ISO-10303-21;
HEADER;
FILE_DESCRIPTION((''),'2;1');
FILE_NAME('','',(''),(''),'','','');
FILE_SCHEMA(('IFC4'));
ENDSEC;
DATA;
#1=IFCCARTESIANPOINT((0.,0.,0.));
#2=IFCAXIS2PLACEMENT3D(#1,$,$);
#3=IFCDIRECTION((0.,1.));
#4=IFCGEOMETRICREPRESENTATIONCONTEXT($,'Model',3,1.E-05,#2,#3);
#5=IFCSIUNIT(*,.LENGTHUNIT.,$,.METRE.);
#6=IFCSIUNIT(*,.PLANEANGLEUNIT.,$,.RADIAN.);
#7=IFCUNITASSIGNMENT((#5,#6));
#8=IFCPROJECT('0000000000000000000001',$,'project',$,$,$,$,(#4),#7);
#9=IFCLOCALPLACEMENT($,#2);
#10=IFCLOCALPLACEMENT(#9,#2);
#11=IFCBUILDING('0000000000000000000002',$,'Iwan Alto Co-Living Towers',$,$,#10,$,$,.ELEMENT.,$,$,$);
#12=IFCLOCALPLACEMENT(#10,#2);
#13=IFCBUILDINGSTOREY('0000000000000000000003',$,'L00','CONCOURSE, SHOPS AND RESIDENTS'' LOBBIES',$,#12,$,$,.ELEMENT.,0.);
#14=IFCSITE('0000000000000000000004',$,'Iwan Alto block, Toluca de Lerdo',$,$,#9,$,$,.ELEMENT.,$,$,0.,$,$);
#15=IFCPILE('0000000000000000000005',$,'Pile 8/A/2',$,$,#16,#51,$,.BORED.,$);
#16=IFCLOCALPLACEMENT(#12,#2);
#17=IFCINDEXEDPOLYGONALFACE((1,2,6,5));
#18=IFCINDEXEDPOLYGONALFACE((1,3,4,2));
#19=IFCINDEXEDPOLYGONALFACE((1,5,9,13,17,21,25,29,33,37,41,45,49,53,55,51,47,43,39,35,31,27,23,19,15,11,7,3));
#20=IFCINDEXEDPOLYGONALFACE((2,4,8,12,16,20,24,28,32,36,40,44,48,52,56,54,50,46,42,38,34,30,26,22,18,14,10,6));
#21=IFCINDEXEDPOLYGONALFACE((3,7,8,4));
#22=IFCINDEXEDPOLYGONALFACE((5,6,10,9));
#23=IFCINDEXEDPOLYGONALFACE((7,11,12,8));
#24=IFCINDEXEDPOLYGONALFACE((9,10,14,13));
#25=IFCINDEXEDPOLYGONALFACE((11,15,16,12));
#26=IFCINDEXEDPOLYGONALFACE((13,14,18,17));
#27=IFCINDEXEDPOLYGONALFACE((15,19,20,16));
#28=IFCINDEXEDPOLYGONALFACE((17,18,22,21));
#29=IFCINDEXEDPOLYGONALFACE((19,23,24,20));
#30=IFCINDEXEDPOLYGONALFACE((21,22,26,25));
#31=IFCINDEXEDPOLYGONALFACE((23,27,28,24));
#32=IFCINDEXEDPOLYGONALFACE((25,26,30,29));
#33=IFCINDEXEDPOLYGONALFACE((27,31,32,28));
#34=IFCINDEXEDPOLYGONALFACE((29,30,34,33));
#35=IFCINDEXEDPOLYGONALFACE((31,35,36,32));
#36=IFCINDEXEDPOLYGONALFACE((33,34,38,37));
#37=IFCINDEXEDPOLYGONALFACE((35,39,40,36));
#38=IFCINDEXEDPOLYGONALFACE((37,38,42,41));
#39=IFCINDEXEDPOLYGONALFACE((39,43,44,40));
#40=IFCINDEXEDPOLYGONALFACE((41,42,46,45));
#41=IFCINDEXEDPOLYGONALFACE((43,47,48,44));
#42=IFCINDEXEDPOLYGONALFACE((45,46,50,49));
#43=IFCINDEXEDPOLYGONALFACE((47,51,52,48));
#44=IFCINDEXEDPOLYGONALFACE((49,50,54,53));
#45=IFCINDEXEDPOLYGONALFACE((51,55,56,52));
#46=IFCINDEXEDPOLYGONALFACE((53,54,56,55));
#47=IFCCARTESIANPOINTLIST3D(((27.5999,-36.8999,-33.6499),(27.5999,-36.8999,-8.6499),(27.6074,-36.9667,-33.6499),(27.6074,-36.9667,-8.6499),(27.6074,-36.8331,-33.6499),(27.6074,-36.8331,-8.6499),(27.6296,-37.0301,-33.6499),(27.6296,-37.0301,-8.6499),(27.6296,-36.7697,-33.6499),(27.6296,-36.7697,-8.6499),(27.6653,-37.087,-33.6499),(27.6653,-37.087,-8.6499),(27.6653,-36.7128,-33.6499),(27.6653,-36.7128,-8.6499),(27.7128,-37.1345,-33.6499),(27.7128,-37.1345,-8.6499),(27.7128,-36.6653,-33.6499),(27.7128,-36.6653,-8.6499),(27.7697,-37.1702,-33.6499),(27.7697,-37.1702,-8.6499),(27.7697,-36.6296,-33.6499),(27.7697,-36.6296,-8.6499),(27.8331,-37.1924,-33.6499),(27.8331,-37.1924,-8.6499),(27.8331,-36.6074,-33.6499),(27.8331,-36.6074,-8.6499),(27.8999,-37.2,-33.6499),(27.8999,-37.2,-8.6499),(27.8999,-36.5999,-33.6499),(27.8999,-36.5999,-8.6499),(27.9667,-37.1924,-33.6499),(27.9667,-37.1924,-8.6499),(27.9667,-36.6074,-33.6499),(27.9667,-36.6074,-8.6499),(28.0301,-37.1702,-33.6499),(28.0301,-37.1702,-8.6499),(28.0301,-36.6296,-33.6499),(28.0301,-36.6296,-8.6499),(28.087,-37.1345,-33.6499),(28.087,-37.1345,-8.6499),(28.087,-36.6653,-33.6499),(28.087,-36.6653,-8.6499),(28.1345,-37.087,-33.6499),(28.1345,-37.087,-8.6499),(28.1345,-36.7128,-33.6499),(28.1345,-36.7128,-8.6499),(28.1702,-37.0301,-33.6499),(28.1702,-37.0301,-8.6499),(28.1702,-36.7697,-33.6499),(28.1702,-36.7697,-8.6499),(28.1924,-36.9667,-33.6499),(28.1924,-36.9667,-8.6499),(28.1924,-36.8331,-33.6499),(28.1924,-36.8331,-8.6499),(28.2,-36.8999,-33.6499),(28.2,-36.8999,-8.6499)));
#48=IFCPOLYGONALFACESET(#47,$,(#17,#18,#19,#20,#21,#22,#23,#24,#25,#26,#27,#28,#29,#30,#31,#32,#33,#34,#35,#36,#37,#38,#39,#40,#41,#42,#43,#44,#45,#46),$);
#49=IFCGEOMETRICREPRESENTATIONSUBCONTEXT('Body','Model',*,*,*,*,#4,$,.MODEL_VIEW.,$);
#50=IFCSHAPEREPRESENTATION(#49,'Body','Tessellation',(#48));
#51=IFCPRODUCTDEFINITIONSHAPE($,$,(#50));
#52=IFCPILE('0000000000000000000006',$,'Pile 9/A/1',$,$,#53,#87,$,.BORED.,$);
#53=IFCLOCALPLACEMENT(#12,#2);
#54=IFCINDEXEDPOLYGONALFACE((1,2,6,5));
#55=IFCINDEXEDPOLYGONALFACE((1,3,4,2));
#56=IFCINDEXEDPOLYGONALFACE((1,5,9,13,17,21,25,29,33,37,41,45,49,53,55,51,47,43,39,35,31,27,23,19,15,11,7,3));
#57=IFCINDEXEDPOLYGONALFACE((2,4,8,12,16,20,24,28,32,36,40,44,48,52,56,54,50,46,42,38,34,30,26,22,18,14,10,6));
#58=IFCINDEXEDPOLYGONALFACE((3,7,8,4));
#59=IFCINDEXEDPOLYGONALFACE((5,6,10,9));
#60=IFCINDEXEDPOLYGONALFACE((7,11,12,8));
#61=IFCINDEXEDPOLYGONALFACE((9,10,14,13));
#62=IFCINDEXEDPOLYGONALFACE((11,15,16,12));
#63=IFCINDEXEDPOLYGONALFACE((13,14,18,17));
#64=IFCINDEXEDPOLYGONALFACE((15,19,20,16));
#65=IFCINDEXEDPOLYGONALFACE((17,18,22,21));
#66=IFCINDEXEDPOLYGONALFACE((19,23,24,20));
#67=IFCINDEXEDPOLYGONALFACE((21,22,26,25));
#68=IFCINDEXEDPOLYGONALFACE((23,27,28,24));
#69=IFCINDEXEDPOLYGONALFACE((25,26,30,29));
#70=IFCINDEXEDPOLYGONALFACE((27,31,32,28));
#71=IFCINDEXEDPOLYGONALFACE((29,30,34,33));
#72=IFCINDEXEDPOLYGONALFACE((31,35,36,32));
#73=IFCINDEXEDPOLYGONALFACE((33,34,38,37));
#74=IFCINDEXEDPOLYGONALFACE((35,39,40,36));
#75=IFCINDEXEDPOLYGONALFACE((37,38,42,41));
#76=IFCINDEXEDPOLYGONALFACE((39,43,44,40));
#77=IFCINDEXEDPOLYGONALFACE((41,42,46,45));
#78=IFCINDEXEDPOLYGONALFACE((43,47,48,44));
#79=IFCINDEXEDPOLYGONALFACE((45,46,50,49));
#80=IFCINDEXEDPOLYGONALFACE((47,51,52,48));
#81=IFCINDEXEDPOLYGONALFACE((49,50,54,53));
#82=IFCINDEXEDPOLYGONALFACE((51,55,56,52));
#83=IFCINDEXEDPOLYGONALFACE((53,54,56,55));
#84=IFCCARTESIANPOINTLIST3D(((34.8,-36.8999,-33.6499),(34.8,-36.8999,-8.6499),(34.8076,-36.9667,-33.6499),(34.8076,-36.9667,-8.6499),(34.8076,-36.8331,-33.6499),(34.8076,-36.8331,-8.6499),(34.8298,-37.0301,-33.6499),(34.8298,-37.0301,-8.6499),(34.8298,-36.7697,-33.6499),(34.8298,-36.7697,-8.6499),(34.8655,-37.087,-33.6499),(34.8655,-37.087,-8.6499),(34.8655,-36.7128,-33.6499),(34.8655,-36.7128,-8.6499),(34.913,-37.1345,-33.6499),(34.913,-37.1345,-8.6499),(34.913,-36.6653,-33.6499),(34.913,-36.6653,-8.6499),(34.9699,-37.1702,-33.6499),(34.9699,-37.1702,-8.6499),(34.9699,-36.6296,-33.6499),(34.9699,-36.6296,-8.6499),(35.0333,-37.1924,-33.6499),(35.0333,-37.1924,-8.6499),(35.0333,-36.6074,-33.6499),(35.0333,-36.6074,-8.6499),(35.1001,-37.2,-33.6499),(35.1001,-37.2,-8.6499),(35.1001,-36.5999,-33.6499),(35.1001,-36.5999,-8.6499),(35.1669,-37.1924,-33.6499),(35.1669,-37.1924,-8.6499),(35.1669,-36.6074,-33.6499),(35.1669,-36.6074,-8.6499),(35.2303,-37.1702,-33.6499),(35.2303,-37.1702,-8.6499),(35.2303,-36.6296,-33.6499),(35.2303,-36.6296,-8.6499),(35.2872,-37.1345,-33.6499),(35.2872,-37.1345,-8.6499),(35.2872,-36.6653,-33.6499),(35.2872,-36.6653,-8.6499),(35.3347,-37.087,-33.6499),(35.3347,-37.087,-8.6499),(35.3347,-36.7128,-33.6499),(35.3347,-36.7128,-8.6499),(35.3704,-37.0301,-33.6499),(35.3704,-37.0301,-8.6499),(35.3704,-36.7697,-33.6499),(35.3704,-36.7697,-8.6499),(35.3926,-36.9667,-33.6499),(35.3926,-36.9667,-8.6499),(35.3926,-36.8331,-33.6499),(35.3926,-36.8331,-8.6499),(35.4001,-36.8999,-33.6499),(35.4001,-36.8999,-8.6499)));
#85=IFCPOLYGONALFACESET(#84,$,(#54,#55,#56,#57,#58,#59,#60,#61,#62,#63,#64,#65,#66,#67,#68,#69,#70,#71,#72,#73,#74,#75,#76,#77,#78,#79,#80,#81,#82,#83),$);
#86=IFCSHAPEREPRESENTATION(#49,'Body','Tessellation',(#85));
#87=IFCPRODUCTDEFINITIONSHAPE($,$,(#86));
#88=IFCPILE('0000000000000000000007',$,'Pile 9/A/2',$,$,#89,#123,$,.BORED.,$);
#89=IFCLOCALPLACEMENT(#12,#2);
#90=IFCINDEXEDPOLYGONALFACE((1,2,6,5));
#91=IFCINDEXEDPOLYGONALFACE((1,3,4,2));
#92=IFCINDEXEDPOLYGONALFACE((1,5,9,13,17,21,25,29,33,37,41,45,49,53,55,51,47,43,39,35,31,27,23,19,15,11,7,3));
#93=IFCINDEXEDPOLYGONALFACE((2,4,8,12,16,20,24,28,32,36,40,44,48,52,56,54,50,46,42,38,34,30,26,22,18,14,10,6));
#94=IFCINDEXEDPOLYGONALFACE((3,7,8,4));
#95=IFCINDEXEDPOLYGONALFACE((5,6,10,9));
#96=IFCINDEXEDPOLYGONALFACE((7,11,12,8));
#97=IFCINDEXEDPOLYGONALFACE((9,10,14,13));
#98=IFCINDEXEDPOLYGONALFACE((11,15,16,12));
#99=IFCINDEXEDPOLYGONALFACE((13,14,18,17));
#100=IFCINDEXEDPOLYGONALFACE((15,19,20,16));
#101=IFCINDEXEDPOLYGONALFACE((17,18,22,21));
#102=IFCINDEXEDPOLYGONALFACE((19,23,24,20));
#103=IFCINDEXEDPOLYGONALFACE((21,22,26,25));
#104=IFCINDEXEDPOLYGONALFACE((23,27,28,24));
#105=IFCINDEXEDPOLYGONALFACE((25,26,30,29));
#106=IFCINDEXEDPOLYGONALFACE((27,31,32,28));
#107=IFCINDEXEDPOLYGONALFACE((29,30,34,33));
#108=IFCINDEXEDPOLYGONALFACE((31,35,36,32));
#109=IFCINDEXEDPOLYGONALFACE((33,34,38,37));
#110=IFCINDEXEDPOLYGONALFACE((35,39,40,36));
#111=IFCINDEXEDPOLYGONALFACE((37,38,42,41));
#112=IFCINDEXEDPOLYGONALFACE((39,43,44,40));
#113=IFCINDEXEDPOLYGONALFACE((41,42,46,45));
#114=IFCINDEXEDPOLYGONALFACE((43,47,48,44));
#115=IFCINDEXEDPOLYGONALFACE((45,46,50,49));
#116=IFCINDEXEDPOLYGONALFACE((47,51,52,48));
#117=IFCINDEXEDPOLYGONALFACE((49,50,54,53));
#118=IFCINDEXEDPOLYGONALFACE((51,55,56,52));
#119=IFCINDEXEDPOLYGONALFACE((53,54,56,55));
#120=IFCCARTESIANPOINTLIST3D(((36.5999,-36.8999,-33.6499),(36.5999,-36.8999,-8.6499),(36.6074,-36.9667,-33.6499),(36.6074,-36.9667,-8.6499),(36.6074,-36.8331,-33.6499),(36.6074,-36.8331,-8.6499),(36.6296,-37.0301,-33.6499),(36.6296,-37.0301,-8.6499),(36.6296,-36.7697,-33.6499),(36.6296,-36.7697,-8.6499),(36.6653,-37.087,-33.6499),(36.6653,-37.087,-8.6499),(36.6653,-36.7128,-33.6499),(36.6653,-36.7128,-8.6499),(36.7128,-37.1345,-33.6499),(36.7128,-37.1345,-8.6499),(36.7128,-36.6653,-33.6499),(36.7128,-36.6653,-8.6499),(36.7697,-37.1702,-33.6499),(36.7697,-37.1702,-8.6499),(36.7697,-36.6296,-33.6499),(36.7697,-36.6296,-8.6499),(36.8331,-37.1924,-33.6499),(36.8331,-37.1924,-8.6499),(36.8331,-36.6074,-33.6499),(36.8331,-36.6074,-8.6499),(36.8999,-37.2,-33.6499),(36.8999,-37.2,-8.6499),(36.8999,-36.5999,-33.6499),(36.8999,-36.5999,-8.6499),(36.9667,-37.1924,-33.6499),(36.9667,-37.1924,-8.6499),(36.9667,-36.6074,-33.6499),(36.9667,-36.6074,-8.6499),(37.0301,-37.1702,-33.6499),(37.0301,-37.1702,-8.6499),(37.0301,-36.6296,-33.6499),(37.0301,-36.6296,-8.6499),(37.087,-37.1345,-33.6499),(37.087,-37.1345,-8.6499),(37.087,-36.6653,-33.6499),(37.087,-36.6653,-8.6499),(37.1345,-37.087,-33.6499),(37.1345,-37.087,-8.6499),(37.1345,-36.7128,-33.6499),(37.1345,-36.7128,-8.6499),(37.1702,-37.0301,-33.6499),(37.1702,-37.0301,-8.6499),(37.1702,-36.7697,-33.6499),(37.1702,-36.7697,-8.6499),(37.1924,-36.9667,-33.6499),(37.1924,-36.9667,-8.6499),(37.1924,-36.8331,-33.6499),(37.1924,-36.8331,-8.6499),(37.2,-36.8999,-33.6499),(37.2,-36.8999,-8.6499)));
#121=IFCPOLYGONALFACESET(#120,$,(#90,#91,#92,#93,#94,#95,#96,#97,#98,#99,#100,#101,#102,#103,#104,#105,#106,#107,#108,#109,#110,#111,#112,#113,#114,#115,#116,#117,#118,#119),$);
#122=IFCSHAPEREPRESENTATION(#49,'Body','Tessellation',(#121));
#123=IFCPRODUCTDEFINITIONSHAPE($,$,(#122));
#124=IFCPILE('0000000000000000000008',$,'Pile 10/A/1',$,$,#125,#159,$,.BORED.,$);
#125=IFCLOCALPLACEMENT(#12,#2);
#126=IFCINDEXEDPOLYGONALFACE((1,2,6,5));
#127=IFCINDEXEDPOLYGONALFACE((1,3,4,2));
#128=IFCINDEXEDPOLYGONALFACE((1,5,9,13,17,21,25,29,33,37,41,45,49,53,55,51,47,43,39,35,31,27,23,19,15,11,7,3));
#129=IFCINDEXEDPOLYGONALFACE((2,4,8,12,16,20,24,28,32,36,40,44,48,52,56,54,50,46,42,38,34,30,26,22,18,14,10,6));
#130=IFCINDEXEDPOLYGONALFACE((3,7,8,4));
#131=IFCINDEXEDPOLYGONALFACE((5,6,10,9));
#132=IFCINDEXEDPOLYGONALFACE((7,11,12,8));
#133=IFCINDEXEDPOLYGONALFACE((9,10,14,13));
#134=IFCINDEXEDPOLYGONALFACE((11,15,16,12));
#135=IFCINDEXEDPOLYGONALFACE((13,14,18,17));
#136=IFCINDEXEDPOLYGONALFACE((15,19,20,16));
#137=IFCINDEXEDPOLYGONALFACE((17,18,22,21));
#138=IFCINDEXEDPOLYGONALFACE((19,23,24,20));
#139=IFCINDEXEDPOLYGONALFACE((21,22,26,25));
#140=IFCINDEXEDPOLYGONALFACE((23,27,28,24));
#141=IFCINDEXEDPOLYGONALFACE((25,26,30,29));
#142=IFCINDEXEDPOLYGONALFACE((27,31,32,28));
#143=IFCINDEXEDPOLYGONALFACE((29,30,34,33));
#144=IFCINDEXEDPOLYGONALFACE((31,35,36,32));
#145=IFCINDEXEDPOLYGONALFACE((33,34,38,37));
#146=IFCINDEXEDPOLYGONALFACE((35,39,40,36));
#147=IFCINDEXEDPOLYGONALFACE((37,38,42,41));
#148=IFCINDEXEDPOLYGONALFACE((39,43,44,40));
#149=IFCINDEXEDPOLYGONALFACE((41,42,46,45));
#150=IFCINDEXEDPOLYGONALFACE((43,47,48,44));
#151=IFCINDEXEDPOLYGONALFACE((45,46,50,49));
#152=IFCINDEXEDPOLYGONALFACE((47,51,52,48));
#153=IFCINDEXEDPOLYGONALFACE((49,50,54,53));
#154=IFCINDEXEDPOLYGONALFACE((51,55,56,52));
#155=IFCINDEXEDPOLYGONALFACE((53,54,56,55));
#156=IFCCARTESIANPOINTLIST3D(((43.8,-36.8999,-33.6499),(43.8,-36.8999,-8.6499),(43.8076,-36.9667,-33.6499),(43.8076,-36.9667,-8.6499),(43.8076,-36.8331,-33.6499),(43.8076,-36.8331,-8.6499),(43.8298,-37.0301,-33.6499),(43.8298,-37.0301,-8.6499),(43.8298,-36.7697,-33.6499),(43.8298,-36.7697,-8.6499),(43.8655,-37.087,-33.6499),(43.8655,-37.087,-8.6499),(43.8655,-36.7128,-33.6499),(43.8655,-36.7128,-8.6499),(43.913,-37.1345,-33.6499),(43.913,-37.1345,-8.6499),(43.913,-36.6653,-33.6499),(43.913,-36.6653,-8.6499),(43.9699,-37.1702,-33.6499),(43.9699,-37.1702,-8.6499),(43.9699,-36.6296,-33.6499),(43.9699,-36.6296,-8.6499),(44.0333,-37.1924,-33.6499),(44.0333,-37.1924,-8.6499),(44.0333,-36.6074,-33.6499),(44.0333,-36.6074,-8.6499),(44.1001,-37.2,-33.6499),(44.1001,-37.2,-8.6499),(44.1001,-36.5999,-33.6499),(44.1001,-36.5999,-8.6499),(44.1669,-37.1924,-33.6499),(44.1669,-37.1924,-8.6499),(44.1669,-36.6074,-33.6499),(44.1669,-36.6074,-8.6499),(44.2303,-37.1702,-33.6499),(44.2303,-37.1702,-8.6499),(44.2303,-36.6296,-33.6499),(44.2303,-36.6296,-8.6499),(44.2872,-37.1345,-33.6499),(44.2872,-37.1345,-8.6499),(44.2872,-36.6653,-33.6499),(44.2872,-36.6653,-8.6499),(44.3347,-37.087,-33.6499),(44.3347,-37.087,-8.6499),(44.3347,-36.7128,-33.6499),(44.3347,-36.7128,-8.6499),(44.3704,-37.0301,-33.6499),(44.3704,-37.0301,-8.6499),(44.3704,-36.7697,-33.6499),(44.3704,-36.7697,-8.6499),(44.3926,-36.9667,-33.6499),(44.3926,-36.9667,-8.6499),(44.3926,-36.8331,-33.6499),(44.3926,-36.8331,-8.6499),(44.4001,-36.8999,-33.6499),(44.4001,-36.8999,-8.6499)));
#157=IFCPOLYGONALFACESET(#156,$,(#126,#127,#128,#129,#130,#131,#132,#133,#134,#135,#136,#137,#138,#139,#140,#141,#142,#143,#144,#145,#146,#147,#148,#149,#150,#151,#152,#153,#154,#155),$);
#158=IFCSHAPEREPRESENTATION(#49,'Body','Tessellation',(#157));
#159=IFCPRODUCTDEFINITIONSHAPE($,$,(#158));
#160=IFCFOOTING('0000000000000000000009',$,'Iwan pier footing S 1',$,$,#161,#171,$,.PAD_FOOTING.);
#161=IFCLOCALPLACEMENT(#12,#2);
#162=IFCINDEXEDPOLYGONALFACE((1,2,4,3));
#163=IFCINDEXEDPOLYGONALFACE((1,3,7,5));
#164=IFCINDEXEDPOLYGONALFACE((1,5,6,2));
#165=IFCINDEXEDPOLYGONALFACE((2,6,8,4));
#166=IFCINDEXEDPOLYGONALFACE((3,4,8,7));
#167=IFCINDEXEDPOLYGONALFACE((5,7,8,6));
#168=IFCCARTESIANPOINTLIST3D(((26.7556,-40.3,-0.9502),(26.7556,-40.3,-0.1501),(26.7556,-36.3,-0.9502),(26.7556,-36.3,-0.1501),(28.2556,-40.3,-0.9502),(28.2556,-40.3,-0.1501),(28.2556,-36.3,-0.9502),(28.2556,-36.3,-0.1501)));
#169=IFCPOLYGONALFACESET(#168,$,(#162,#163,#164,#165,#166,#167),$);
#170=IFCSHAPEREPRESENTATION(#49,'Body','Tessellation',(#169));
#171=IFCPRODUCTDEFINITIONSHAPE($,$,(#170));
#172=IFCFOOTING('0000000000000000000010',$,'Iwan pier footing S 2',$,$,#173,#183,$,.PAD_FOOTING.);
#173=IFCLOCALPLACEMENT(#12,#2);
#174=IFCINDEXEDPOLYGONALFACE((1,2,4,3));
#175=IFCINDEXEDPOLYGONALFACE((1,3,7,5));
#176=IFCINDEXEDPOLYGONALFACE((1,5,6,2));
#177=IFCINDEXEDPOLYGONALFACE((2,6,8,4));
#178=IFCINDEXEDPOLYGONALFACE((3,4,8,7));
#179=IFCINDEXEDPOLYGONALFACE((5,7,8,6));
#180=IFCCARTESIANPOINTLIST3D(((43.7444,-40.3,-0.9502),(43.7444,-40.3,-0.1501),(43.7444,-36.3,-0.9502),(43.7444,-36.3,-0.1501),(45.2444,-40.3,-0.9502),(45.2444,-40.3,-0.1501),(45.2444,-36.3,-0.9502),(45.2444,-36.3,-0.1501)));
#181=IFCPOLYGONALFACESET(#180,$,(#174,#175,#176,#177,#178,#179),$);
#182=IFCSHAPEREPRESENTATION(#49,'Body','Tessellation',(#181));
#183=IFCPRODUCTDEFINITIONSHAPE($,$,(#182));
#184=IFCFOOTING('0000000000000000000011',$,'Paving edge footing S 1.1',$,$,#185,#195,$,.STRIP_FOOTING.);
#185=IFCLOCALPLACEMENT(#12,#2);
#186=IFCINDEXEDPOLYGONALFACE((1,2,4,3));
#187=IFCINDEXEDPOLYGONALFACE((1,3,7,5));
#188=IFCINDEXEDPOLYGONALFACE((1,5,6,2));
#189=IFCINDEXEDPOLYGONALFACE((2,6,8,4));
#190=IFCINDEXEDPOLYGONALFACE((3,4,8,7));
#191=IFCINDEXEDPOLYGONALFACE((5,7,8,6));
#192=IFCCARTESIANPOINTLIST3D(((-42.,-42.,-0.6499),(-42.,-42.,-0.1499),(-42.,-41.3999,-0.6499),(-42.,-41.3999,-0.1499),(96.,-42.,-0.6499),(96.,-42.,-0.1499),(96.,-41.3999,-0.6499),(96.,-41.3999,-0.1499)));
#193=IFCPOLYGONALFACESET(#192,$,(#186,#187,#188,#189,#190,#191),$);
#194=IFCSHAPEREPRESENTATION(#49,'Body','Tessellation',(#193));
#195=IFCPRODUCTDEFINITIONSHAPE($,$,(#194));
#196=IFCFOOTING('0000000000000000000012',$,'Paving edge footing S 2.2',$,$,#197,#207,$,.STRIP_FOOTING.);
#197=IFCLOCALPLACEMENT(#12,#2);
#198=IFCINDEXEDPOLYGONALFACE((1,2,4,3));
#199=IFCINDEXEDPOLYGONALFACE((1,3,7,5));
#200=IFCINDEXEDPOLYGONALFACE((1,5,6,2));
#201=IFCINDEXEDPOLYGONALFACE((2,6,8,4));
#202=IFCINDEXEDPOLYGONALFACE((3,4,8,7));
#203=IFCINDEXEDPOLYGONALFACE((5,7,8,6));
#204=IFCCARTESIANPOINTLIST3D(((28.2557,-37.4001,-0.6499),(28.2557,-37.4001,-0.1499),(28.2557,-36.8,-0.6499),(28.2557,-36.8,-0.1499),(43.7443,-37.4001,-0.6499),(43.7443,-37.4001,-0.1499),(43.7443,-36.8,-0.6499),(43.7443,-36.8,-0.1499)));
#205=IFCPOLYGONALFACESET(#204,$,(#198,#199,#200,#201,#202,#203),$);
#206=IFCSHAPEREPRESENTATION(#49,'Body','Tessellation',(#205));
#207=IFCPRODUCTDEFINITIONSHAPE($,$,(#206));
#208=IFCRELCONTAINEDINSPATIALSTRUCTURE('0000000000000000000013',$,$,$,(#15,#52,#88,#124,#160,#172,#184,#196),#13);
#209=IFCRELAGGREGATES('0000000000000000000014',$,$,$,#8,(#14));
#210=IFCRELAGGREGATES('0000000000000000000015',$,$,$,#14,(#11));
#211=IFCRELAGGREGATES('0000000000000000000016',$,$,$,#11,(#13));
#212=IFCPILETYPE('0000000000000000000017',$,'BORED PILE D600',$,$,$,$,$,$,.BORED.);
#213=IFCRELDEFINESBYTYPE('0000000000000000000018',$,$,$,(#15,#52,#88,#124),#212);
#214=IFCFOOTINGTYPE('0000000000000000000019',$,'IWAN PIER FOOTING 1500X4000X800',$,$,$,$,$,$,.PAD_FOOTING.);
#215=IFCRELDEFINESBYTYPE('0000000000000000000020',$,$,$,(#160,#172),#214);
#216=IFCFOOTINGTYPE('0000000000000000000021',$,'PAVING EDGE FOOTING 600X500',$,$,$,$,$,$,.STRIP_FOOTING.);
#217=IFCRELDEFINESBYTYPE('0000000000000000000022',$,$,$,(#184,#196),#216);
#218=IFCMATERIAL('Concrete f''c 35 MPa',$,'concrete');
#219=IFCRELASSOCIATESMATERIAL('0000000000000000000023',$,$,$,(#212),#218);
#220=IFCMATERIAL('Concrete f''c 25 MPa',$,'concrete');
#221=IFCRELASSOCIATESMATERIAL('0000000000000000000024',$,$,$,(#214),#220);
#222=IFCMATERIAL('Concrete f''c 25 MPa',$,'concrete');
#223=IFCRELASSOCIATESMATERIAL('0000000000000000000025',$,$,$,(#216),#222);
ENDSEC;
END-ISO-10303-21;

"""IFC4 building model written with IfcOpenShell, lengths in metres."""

from ifc_helpers import new_model, si_unit, direction, frame, origin, origin_2d, place, context, subcontext, project, spatial, rectangle, circle, extrude, material, material_profile, profile_set, type_object, element, save


model = new_model("IFC4")

# Units and contexts
model_context = context("Model", 3, precision=1e-05, world=origin(), true_north=direction((0.0, 1.0)))
body_context = subcontext(model_context, "Body", "Model", "MODEL_VIEW")
ifc_project = project(units=[si_unit("LENGTHUNIT", "METRE"), si_unit("PLANEANGLEUNIT", "RADIAN")], contexts=[model_context])

# Site, building, storey
site_placement = place(None, origin())
site = spatial("IfcSite", under=ifc_project, at=site_placement, Name="Iwan Alto block, Toluca de Lerdo", CompositionType="ELEMENT", RefElevation=0.0)
building_placement = place(site_placement, origin())
building = spatial("IfcBuilding", under=site, at=building_placement, Name="Iwan Alto Co-Living Towers", CompositionType="ELEMENT")
storey_placement = place(building_placement, origin())
storey = spatial("IfcBuildingStorey", under=building, at=storey_placement, Name="L00", Description="CONCOURSE, SHOPS AND RESIDENTS' LOBBIES", CompositionType="ELEMENT", Elevation=0.0)

# Piles
ifc_material_1 = material(Name="Concrete f'c 35 MPa", Category="concrete")
ifc_material_profile_1 = material_profile(ifc_material_1, circle(Radius=0.3, at=origin_2d()), Name="D600")
ifc_profile_set_1 = profile_set([ifc_material_profile_1], Name="Concrete f'c 35 MPa")
pile_type = type_object("IfcPileType", Name="BORED PILE D600", PredefinedType="BORED", material=ifc_profile_set_1)
for number, where, z_axis, x_axis, name in (
    (1, (27.8999, -36.8999, -8.6499), (0.0, 0.0, -1.0), (1.0, 0.0, 0.0), "Pile 8/A/2"),
    (2, (35.1001, -36.8999, -8.6499), (0.0, 0.0, -1.0), (1.0, 0.0, 0.0), "Pile 9/A/1"),
    (3, (36.8999, -36.8999, -8.6499), (0.0, 0.0, -1.0), (1.0, 0.0, 0.0), "Pile 9/A/2"),
    (4, (44.1001, -36.8999, -8.6499), (0.0, 0.0, -1.0), (1.0, 0.0, 0.0), "Pile 10/A/1"),
):
    element("IfcPile", number, at=place(storey_placement, frame(where, z_axis=z_axis, x_axis=x_axis)), inside=storey, type_object=pile_type, Name=name, PredefinedType="BORED", context=body_context, shape_type="SweptSolid", body=[
        extrude(circle(Radius=0.3, at=origin_2d()), origin(), (0.0, 0.0, 1.0), 25.0),
    ])

# Footings
ifc_material_2 = material(Name="Concrete f'c 25 MPa", Category="concrete")
footing_type_1 = type_object("IfcFootingType", Name="IWAN PIER FOOTING 1500X4000X800", PredefinedType="PAD_FOOTING", material=ifc_material_2)
for number, where, z_axis, x_axis, name in (
    (5, (27.5056, -38.3, -0.9502), (0.0, 0.0, 1.0), (1.0, 0.0, 0.0), "Iwan pier footing S 1"),
    (6, (44.4944, -38.3, -0.9502), (0.0, 0.0, 1.0), (1.0, 0.0, 0.0), "Iwan pier footing S 2"),
):
    element("IfcFooting", number, at=place(storey_placement, frame(where, z_axis=z_axis, x_axis=x_axis)), inside=storey, type_object=footing_type_1, Name=name, PredefinedType="PAD_FOOTING", context=body_context, shape_type="SweptSolid", body=[
        extrude(rectangle(XDim=1.5, YDim=4.0, at=origin_2d()), origin(), (0.0, 0.0, 1.0), 0.8),
    ])
ifc_material_3 = material(Name="Concrete f'c 25 MPa", Category="concrete")
footing_type_2 = type_object("IfcFootingType", Name="PAVING EDGE FOOTING 600X500", PredefinedType="STRIP_FOOTING", material=ifc_material_3)
footing_1_placement = place(storey_placement, frame((27.0, -41.7, -0.6499), z_axis=(0.0, 0.0, 1.0), x_axis=(1.0, 0.0, 0.0)))
element("IfcFooting", 7, at=footing_1_placement, inside=storey, type_object=footing_type_2, Name="Paving edge footing S 1.1", PredefinedType="STRIP_FOOTING", context=body_context, shape_type="SweptSolid", body=[
    extrude(rectangle(XDim=138.0, YDim=0.6001, at=origin_2d()), origin(), (0.0, 0.0, 1.0), 0.5),
])
footing_2_placement = place(storey_placement, frame((36.0, -37.1001, -0.6499), z_axis=(0.0, 0.0, 1.0), x_axis=(1.0, 0.0, 0.0)))
element("IfcFooting", 8, at=footing_2_placement, inside=storey, type_object=footing_type_2, Name="Paving edge footing S 2.2", PredefinedType="STRIP_FOOTING", context=body_context, shape_type="SweptSolid", body=[
    extrude(rectangle(XDim=15.4885, YDim=0.6001, at=origin_2d()), origin(), (0.0, 0.0, 1.0), 0.5),
])

save(model, "model.ifc")
